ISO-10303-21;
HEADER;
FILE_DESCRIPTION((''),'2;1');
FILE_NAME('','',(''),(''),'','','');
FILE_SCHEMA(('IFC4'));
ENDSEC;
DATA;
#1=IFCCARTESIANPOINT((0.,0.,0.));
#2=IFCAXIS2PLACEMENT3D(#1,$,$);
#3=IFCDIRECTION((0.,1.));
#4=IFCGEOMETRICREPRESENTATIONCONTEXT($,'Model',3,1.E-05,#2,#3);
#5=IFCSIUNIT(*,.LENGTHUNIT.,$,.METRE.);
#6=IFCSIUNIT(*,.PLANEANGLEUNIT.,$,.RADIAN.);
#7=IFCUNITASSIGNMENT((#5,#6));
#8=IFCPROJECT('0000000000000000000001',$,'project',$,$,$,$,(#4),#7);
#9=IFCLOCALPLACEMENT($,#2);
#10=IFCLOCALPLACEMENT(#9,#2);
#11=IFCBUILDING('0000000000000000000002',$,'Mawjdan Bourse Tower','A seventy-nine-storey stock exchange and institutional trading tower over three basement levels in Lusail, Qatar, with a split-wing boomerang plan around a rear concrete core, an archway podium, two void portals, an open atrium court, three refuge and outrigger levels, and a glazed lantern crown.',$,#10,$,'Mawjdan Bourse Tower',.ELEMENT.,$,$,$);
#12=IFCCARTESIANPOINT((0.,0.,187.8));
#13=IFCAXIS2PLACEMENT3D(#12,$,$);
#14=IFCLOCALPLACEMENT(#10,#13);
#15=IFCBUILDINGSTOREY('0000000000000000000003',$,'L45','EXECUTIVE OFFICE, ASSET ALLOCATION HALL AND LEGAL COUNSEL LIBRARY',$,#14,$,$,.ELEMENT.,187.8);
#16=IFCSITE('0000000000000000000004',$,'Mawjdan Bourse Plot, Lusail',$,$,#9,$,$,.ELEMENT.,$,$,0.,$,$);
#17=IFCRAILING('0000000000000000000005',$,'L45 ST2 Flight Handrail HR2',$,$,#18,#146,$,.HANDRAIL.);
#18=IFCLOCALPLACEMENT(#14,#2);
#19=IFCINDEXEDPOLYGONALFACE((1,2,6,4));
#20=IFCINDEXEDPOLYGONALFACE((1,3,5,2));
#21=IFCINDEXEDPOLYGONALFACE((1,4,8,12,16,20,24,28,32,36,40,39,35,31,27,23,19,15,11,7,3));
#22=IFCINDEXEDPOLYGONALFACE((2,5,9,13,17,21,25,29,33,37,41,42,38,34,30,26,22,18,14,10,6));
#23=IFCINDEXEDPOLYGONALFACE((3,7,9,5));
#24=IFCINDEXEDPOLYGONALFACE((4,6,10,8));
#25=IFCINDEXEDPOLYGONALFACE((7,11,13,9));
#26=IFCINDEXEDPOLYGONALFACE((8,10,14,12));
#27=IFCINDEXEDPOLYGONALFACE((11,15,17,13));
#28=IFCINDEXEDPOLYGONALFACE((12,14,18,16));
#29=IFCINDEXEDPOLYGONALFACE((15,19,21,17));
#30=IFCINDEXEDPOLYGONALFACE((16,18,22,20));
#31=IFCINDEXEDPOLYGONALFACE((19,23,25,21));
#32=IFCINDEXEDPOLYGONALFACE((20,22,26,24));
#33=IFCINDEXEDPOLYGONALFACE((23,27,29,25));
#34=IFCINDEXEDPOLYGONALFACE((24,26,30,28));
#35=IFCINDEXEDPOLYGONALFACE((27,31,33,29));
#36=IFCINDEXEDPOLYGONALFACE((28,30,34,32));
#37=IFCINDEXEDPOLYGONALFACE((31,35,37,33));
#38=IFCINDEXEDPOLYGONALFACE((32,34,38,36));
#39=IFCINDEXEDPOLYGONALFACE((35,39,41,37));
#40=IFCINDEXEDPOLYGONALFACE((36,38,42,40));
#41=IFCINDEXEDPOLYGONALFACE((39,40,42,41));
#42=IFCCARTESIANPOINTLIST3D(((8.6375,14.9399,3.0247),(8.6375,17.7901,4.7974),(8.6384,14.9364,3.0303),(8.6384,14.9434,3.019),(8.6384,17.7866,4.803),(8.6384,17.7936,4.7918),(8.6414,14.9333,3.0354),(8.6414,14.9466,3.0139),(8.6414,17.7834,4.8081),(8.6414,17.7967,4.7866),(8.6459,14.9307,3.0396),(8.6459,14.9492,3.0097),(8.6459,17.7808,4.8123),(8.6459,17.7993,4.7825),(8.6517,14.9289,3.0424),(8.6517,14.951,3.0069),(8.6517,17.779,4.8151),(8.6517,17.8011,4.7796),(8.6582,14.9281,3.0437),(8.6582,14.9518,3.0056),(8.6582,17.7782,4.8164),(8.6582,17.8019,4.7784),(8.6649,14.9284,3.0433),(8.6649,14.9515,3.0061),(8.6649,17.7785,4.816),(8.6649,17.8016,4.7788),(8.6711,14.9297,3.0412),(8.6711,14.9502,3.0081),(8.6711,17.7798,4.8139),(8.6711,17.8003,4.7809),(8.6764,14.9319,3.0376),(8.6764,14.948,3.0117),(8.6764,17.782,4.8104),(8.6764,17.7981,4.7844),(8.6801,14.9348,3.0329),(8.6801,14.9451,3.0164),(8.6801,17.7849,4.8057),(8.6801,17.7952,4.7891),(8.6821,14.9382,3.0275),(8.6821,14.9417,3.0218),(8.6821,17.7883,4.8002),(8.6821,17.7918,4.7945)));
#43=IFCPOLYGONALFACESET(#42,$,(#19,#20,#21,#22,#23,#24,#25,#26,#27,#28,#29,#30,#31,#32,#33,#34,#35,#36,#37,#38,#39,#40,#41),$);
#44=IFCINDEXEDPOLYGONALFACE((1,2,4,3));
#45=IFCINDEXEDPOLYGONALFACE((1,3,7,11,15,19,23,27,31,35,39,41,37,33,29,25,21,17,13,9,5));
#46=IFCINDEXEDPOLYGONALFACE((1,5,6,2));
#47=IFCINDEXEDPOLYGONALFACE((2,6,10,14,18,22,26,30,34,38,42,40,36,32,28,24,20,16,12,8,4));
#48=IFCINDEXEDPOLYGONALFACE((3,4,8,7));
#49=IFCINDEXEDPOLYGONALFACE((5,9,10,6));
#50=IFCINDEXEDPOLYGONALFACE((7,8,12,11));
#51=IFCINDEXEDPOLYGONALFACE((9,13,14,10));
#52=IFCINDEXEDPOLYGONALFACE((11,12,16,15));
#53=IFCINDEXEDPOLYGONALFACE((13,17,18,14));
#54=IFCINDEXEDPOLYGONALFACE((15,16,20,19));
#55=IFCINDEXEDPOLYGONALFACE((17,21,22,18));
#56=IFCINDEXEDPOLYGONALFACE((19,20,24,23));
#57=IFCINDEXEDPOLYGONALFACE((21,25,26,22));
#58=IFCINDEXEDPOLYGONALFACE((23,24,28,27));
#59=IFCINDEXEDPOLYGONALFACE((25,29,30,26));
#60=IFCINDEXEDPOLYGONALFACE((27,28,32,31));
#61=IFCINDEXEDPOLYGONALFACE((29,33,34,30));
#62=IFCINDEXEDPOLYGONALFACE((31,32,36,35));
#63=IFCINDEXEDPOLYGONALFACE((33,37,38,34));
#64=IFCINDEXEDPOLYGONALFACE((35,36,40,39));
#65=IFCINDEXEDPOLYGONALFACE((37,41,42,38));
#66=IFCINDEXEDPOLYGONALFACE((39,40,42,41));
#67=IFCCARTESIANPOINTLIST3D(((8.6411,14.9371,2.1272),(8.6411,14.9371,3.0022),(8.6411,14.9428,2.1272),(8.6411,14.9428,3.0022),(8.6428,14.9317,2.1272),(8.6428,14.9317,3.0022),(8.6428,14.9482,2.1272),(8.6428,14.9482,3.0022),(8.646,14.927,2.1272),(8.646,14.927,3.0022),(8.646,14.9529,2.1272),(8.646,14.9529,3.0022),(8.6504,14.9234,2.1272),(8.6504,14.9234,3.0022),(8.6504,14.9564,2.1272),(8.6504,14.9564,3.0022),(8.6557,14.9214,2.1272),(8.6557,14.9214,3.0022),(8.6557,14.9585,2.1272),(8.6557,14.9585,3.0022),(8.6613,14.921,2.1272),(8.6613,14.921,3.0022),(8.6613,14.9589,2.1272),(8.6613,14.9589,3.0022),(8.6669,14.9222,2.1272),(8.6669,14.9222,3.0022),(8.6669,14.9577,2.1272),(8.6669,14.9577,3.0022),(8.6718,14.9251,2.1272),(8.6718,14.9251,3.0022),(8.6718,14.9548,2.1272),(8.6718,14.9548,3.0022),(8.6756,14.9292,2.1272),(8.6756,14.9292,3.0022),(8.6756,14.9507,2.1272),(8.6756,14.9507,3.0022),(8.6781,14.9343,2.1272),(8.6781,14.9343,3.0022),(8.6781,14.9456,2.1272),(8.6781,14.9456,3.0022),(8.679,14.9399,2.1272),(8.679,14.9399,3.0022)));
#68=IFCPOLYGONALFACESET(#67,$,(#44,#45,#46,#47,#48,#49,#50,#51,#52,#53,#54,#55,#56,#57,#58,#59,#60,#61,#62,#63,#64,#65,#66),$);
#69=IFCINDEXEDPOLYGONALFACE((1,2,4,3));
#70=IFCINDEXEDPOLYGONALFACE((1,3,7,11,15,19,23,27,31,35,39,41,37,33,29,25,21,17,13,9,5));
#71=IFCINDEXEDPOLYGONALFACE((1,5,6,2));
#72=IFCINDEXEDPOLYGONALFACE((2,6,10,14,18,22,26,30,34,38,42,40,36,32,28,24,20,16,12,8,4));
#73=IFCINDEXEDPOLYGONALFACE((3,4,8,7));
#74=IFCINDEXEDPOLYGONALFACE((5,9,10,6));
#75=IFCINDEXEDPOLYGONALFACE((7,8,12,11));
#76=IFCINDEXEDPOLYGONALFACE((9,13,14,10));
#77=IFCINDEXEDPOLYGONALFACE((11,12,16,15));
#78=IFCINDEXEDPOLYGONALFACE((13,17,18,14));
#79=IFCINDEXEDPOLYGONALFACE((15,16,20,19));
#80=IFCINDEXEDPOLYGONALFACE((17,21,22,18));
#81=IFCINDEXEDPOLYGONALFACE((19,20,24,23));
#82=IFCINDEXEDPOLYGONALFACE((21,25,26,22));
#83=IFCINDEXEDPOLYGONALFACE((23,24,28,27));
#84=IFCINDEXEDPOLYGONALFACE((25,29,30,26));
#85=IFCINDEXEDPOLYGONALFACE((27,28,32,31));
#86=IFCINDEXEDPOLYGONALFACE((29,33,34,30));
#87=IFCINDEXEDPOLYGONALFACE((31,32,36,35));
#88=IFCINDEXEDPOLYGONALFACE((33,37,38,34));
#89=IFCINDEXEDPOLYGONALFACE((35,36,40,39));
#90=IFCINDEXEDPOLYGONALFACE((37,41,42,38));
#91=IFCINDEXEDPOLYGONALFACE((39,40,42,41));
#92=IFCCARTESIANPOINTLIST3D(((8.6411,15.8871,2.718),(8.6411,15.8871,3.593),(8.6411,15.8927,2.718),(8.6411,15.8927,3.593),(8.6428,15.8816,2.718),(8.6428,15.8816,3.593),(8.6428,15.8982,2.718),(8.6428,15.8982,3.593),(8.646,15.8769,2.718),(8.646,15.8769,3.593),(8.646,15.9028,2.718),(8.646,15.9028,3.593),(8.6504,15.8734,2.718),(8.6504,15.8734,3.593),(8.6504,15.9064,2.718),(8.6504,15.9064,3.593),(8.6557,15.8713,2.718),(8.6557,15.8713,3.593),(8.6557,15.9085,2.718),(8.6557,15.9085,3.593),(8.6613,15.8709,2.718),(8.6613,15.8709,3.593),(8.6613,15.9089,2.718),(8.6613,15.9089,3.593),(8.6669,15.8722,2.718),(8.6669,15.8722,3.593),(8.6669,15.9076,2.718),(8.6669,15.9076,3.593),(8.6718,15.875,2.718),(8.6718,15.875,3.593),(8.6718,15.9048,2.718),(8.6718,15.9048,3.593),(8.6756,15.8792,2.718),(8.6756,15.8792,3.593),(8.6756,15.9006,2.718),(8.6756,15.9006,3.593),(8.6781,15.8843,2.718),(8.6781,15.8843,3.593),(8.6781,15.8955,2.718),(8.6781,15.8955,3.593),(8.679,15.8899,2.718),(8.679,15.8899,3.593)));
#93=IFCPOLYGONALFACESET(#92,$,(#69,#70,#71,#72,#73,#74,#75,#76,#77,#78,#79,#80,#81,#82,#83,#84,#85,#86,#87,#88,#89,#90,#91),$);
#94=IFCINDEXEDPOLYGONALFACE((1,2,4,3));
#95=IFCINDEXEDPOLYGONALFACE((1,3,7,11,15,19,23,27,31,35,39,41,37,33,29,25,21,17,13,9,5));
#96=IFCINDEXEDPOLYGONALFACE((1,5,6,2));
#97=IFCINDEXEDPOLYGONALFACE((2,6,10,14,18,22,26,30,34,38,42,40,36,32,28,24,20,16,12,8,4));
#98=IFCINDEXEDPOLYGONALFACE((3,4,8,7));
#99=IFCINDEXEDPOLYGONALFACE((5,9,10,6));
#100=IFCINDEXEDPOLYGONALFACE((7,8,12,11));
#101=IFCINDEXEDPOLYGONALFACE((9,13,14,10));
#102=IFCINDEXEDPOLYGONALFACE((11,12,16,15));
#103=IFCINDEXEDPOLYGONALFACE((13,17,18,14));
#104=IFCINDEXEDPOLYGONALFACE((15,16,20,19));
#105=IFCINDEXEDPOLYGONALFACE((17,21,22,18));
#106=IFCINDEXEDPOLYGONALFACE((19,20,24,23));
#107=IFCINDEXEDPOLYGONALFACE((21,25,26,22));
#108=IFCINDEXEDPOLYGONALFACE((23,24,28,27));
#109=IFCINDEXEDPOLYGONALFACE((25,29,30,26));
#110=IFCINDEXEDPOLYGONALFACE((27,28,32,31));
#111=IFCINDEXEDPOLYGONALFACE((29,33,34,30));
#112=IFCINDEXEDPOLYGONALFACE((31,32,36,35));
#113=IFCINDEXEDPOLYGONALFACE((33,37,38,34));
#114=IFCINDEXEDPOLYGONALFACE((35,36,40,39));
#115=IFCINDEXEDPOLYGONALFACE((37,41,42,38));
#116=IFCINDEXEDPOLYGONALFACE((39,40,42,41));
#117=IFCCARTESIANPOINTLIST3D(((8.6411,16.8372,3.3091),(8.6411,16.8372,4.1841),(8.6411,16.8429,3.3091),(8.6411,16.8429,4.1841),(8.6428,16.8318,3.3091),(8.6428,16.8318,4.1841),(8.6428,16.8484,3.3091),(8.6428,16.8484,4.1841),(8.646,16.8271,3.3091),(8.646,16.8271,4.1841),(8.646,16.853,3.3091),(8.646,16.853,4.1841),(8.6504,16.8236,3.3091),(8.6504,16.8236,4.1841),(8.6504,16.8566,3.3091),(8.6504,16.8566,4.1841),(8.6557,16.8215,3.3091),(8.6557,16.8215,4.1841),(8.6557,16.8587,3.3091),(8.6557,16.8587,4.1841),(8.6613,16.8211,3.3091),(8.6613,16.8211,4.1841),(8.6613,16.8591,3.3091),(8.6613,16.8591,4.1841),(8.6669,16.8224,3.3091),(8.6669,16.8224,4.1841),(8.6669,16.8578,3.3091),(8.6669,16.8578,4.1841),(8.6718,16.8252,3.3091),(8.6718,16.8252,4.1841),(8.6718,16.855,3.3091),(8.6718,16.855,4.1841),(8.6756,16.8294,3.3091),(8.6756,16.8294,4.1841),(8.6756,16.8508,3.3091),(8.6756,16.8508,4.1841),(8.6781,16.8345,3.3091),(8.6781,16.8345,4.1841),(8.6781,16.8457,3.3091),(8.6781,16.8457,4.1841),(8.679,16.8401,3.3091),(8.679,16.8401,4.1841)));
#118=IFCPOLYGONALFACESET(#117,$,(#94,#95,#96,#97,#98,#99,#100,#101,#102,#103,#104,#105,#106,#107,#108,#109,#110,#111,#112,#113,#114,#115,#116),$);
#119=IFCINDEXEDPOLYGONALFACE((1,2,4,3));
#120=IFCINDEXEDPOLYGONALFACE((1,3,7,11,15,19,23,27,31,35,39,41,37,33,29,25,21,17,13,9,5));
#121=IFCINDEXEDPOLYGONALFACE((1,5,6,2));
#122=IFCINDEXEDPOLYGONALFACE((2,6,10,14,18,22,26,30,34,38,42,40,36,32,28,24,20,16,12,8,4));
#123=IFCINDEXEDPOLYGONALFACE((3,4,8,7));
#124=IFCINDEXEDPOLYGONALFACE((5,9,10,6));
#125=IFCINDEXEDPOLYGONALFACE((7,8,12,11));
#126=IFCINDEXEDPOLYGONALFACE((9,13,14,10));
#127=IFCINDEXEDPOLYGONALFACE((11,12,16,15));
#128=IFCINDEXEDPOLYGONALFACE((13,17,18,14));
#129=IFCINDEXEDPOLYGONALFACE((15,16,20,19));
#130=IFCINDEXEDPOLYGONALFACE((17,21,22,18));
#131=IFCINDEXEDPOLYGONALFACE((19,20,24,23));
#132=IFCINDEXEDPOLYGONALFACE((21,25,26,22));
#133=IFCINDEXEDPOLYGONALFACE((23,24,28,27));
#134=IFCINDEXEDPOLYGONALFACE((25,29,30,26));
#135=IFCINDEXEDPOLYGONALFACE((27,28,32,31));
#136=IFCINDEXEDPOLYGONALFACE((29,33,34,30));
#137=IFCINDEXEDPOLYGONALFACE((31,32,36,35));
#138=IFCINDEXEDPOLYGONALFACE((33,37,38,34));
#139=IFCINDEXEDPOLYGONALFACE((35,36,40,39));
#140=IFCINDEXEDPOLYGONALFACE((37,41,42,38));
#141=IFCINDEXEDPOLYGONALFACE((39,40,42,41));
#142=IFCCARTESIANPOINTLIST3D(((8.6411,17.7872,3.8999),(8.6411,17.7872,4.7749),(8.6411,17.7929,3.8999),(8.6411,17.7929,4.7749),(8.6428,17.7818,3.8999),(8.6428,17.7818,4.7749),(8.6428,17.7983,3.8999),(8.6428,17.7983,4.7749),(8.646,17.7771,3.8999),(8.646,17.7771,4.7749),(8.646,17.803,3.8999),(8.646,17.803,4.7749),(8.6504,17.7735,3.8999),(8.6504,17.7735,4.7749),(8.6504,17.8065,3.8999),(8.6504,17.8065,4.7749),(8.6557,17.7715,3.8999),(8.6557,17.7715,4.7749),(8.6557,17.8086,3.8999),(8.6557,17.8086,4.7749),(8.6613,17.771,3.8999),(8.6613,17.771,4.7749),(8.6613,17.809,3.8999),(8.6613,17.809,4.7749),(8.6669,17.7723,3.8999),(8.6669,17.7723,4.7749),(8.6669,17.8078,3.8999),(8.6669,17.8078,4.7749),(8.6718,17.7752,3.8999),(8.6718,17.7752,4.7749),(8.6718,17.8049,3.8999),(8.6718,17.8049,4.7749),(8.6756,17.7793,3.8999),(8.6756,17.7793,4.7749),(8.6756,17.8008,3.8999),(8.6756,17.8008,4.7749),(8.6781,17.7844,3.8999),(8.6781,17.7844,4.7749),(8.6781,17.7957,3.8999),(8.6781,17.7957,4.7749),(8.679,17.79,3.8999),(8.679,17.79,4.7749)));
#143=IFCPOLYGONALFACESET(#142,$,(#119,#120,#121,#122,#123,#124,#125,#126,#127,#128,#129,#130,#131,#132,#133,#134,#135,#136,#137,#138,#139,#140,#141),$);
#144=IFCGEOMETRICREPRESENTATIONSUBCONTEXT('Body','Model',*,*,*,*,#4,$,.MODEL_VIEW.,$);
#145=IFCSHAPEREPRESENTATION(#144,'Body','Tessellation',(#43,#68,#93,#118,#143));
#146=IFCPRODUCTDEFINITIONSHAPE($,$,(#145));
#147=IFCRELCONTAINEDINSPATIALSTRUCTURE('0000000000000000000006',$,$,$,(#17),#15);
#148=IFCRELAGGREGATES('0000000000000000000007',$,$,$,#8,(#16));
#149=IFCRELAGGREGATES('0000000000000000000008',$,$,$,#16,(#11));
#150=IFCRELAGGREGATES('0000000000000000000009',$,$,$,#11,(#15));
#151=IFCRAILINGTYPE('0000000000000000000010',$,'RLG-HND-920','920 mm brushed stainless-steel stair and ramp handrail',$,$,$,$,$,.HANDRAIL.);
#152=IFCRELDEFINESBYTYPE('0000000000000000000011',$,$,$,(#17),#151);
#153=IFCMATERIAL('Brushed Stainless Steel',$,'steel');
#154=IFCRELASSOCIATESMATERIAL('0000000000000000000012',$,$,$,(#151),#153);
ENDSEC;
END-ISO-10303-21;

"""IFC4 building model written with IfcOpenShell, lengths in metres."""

from ifc_helpers import new_model, si_unit, direction, frame, origin, origin_2d, place, context, subcontext, project, spatial, circle, extrude, material, type_object, element, save


model = new_model("IFC4")

# Units and contexts
model_context = context("Model", 3, precision=1e-05, world=origin(), true_north=direction((0.0, 1.0)))
body_context = subcontext(model_context, "Body", "Model", "MODEL_VIEW")
ifc_project = project(units=[si_unit("LENGTHUNIT", "METRE"), si_unit("PLANEANGLEUNIT", "RADIAN")], contexts=[model_context])

# Site, building, storey
site_placement = place(None, origin())
site = spatial("IfcSite", under=ifc_project, at=site_placement, Name="Mawjdan Bourse Plot, Lusail", CompositionType="ELEMENT", RefElevation=0.0)
building_placement = place(site_placement, origin())
building = spatial("IfcBuilding", under=site, at=building_placement, Name="Mawjdan Bourse Tower", Description="A seventy-nine-storey stock exchange and institutional trading tower over three basement levels in Lusail, Qatar, with a split-wing boomerang plan around a rear concrete core, an archway podium, two void portals, an open atrium court, three refuge and outrigger levels, and a glazed lantern crown.", LongName="Mawjdan Bourse Tower", CompositionType="ELEMENT")
storey_placement = place(building_placement, frame((0.0, 0.0, 187.8)))
storey = spatial("IfcBuildingStorey", under=building, at=storey_placement, Name="L45", Description="EXECUTIVE OFFICE, ASSET ALLOCATION HALL AND LEGAL COUNSEL LIBRARY", CompositionType="ELEMENT", Elevation=187.8)

# Shared definitions
ifc_material_1 = material(Name="Brushed Stainless Steel", Category="steel")

# Railing
railing_type_1 = type_object("IfcRailingType", Name="RLG-HND-920", Description="920 mm brushed stainless-steel stair and ramp handrail", PredefinedType="HANDRAIL", material=ifc_material_1)
railing_placement = place(storey_placement, frame((8.6599, 14.9399, 2.1272)))
element("IfcRailing", 1, at=railing_placement, inside=storey, type_object=railing_type_1, Name="L45 ST2 Flight Handrail HR2", PredefinedType="HANDRAIL", context=body_context, shape_type="SweptSolid", body=[
    extrude(circle(Radius=0.0225, at=origin_2d()), frame((0.0, 0.0, 0.8975), z_axis=(0.0, 0.849149, 0.528154), x_axis=(-1.0, 0.0, 0.0)), (0.0, 0.0, 1.0), 3.3564),
    extrude(circle(Radius=0.019, at=origin_2d()), origin(), (0.0, 0.0, 1.0), 0.875),
    extrude(circle(Radius=0.019, at=origin_2d()), frame((0.0, 0.95, 0.5908)), (0.0, 0.0, 1.0), 0.875),
    extrude(circle(Radius=0.019, at=origin_2d()), frame((0.0, 1.9001, 1.1819)), (0.0, 0.0, 1.0), 0.875),
    extrude(circle(Radius=0.019, at=origin_2d()), frame((0.0, 2.8501, 1.7727)), (0.0, 0.0, 1.0), 0.875),
])

save(model, "model.ifc")
